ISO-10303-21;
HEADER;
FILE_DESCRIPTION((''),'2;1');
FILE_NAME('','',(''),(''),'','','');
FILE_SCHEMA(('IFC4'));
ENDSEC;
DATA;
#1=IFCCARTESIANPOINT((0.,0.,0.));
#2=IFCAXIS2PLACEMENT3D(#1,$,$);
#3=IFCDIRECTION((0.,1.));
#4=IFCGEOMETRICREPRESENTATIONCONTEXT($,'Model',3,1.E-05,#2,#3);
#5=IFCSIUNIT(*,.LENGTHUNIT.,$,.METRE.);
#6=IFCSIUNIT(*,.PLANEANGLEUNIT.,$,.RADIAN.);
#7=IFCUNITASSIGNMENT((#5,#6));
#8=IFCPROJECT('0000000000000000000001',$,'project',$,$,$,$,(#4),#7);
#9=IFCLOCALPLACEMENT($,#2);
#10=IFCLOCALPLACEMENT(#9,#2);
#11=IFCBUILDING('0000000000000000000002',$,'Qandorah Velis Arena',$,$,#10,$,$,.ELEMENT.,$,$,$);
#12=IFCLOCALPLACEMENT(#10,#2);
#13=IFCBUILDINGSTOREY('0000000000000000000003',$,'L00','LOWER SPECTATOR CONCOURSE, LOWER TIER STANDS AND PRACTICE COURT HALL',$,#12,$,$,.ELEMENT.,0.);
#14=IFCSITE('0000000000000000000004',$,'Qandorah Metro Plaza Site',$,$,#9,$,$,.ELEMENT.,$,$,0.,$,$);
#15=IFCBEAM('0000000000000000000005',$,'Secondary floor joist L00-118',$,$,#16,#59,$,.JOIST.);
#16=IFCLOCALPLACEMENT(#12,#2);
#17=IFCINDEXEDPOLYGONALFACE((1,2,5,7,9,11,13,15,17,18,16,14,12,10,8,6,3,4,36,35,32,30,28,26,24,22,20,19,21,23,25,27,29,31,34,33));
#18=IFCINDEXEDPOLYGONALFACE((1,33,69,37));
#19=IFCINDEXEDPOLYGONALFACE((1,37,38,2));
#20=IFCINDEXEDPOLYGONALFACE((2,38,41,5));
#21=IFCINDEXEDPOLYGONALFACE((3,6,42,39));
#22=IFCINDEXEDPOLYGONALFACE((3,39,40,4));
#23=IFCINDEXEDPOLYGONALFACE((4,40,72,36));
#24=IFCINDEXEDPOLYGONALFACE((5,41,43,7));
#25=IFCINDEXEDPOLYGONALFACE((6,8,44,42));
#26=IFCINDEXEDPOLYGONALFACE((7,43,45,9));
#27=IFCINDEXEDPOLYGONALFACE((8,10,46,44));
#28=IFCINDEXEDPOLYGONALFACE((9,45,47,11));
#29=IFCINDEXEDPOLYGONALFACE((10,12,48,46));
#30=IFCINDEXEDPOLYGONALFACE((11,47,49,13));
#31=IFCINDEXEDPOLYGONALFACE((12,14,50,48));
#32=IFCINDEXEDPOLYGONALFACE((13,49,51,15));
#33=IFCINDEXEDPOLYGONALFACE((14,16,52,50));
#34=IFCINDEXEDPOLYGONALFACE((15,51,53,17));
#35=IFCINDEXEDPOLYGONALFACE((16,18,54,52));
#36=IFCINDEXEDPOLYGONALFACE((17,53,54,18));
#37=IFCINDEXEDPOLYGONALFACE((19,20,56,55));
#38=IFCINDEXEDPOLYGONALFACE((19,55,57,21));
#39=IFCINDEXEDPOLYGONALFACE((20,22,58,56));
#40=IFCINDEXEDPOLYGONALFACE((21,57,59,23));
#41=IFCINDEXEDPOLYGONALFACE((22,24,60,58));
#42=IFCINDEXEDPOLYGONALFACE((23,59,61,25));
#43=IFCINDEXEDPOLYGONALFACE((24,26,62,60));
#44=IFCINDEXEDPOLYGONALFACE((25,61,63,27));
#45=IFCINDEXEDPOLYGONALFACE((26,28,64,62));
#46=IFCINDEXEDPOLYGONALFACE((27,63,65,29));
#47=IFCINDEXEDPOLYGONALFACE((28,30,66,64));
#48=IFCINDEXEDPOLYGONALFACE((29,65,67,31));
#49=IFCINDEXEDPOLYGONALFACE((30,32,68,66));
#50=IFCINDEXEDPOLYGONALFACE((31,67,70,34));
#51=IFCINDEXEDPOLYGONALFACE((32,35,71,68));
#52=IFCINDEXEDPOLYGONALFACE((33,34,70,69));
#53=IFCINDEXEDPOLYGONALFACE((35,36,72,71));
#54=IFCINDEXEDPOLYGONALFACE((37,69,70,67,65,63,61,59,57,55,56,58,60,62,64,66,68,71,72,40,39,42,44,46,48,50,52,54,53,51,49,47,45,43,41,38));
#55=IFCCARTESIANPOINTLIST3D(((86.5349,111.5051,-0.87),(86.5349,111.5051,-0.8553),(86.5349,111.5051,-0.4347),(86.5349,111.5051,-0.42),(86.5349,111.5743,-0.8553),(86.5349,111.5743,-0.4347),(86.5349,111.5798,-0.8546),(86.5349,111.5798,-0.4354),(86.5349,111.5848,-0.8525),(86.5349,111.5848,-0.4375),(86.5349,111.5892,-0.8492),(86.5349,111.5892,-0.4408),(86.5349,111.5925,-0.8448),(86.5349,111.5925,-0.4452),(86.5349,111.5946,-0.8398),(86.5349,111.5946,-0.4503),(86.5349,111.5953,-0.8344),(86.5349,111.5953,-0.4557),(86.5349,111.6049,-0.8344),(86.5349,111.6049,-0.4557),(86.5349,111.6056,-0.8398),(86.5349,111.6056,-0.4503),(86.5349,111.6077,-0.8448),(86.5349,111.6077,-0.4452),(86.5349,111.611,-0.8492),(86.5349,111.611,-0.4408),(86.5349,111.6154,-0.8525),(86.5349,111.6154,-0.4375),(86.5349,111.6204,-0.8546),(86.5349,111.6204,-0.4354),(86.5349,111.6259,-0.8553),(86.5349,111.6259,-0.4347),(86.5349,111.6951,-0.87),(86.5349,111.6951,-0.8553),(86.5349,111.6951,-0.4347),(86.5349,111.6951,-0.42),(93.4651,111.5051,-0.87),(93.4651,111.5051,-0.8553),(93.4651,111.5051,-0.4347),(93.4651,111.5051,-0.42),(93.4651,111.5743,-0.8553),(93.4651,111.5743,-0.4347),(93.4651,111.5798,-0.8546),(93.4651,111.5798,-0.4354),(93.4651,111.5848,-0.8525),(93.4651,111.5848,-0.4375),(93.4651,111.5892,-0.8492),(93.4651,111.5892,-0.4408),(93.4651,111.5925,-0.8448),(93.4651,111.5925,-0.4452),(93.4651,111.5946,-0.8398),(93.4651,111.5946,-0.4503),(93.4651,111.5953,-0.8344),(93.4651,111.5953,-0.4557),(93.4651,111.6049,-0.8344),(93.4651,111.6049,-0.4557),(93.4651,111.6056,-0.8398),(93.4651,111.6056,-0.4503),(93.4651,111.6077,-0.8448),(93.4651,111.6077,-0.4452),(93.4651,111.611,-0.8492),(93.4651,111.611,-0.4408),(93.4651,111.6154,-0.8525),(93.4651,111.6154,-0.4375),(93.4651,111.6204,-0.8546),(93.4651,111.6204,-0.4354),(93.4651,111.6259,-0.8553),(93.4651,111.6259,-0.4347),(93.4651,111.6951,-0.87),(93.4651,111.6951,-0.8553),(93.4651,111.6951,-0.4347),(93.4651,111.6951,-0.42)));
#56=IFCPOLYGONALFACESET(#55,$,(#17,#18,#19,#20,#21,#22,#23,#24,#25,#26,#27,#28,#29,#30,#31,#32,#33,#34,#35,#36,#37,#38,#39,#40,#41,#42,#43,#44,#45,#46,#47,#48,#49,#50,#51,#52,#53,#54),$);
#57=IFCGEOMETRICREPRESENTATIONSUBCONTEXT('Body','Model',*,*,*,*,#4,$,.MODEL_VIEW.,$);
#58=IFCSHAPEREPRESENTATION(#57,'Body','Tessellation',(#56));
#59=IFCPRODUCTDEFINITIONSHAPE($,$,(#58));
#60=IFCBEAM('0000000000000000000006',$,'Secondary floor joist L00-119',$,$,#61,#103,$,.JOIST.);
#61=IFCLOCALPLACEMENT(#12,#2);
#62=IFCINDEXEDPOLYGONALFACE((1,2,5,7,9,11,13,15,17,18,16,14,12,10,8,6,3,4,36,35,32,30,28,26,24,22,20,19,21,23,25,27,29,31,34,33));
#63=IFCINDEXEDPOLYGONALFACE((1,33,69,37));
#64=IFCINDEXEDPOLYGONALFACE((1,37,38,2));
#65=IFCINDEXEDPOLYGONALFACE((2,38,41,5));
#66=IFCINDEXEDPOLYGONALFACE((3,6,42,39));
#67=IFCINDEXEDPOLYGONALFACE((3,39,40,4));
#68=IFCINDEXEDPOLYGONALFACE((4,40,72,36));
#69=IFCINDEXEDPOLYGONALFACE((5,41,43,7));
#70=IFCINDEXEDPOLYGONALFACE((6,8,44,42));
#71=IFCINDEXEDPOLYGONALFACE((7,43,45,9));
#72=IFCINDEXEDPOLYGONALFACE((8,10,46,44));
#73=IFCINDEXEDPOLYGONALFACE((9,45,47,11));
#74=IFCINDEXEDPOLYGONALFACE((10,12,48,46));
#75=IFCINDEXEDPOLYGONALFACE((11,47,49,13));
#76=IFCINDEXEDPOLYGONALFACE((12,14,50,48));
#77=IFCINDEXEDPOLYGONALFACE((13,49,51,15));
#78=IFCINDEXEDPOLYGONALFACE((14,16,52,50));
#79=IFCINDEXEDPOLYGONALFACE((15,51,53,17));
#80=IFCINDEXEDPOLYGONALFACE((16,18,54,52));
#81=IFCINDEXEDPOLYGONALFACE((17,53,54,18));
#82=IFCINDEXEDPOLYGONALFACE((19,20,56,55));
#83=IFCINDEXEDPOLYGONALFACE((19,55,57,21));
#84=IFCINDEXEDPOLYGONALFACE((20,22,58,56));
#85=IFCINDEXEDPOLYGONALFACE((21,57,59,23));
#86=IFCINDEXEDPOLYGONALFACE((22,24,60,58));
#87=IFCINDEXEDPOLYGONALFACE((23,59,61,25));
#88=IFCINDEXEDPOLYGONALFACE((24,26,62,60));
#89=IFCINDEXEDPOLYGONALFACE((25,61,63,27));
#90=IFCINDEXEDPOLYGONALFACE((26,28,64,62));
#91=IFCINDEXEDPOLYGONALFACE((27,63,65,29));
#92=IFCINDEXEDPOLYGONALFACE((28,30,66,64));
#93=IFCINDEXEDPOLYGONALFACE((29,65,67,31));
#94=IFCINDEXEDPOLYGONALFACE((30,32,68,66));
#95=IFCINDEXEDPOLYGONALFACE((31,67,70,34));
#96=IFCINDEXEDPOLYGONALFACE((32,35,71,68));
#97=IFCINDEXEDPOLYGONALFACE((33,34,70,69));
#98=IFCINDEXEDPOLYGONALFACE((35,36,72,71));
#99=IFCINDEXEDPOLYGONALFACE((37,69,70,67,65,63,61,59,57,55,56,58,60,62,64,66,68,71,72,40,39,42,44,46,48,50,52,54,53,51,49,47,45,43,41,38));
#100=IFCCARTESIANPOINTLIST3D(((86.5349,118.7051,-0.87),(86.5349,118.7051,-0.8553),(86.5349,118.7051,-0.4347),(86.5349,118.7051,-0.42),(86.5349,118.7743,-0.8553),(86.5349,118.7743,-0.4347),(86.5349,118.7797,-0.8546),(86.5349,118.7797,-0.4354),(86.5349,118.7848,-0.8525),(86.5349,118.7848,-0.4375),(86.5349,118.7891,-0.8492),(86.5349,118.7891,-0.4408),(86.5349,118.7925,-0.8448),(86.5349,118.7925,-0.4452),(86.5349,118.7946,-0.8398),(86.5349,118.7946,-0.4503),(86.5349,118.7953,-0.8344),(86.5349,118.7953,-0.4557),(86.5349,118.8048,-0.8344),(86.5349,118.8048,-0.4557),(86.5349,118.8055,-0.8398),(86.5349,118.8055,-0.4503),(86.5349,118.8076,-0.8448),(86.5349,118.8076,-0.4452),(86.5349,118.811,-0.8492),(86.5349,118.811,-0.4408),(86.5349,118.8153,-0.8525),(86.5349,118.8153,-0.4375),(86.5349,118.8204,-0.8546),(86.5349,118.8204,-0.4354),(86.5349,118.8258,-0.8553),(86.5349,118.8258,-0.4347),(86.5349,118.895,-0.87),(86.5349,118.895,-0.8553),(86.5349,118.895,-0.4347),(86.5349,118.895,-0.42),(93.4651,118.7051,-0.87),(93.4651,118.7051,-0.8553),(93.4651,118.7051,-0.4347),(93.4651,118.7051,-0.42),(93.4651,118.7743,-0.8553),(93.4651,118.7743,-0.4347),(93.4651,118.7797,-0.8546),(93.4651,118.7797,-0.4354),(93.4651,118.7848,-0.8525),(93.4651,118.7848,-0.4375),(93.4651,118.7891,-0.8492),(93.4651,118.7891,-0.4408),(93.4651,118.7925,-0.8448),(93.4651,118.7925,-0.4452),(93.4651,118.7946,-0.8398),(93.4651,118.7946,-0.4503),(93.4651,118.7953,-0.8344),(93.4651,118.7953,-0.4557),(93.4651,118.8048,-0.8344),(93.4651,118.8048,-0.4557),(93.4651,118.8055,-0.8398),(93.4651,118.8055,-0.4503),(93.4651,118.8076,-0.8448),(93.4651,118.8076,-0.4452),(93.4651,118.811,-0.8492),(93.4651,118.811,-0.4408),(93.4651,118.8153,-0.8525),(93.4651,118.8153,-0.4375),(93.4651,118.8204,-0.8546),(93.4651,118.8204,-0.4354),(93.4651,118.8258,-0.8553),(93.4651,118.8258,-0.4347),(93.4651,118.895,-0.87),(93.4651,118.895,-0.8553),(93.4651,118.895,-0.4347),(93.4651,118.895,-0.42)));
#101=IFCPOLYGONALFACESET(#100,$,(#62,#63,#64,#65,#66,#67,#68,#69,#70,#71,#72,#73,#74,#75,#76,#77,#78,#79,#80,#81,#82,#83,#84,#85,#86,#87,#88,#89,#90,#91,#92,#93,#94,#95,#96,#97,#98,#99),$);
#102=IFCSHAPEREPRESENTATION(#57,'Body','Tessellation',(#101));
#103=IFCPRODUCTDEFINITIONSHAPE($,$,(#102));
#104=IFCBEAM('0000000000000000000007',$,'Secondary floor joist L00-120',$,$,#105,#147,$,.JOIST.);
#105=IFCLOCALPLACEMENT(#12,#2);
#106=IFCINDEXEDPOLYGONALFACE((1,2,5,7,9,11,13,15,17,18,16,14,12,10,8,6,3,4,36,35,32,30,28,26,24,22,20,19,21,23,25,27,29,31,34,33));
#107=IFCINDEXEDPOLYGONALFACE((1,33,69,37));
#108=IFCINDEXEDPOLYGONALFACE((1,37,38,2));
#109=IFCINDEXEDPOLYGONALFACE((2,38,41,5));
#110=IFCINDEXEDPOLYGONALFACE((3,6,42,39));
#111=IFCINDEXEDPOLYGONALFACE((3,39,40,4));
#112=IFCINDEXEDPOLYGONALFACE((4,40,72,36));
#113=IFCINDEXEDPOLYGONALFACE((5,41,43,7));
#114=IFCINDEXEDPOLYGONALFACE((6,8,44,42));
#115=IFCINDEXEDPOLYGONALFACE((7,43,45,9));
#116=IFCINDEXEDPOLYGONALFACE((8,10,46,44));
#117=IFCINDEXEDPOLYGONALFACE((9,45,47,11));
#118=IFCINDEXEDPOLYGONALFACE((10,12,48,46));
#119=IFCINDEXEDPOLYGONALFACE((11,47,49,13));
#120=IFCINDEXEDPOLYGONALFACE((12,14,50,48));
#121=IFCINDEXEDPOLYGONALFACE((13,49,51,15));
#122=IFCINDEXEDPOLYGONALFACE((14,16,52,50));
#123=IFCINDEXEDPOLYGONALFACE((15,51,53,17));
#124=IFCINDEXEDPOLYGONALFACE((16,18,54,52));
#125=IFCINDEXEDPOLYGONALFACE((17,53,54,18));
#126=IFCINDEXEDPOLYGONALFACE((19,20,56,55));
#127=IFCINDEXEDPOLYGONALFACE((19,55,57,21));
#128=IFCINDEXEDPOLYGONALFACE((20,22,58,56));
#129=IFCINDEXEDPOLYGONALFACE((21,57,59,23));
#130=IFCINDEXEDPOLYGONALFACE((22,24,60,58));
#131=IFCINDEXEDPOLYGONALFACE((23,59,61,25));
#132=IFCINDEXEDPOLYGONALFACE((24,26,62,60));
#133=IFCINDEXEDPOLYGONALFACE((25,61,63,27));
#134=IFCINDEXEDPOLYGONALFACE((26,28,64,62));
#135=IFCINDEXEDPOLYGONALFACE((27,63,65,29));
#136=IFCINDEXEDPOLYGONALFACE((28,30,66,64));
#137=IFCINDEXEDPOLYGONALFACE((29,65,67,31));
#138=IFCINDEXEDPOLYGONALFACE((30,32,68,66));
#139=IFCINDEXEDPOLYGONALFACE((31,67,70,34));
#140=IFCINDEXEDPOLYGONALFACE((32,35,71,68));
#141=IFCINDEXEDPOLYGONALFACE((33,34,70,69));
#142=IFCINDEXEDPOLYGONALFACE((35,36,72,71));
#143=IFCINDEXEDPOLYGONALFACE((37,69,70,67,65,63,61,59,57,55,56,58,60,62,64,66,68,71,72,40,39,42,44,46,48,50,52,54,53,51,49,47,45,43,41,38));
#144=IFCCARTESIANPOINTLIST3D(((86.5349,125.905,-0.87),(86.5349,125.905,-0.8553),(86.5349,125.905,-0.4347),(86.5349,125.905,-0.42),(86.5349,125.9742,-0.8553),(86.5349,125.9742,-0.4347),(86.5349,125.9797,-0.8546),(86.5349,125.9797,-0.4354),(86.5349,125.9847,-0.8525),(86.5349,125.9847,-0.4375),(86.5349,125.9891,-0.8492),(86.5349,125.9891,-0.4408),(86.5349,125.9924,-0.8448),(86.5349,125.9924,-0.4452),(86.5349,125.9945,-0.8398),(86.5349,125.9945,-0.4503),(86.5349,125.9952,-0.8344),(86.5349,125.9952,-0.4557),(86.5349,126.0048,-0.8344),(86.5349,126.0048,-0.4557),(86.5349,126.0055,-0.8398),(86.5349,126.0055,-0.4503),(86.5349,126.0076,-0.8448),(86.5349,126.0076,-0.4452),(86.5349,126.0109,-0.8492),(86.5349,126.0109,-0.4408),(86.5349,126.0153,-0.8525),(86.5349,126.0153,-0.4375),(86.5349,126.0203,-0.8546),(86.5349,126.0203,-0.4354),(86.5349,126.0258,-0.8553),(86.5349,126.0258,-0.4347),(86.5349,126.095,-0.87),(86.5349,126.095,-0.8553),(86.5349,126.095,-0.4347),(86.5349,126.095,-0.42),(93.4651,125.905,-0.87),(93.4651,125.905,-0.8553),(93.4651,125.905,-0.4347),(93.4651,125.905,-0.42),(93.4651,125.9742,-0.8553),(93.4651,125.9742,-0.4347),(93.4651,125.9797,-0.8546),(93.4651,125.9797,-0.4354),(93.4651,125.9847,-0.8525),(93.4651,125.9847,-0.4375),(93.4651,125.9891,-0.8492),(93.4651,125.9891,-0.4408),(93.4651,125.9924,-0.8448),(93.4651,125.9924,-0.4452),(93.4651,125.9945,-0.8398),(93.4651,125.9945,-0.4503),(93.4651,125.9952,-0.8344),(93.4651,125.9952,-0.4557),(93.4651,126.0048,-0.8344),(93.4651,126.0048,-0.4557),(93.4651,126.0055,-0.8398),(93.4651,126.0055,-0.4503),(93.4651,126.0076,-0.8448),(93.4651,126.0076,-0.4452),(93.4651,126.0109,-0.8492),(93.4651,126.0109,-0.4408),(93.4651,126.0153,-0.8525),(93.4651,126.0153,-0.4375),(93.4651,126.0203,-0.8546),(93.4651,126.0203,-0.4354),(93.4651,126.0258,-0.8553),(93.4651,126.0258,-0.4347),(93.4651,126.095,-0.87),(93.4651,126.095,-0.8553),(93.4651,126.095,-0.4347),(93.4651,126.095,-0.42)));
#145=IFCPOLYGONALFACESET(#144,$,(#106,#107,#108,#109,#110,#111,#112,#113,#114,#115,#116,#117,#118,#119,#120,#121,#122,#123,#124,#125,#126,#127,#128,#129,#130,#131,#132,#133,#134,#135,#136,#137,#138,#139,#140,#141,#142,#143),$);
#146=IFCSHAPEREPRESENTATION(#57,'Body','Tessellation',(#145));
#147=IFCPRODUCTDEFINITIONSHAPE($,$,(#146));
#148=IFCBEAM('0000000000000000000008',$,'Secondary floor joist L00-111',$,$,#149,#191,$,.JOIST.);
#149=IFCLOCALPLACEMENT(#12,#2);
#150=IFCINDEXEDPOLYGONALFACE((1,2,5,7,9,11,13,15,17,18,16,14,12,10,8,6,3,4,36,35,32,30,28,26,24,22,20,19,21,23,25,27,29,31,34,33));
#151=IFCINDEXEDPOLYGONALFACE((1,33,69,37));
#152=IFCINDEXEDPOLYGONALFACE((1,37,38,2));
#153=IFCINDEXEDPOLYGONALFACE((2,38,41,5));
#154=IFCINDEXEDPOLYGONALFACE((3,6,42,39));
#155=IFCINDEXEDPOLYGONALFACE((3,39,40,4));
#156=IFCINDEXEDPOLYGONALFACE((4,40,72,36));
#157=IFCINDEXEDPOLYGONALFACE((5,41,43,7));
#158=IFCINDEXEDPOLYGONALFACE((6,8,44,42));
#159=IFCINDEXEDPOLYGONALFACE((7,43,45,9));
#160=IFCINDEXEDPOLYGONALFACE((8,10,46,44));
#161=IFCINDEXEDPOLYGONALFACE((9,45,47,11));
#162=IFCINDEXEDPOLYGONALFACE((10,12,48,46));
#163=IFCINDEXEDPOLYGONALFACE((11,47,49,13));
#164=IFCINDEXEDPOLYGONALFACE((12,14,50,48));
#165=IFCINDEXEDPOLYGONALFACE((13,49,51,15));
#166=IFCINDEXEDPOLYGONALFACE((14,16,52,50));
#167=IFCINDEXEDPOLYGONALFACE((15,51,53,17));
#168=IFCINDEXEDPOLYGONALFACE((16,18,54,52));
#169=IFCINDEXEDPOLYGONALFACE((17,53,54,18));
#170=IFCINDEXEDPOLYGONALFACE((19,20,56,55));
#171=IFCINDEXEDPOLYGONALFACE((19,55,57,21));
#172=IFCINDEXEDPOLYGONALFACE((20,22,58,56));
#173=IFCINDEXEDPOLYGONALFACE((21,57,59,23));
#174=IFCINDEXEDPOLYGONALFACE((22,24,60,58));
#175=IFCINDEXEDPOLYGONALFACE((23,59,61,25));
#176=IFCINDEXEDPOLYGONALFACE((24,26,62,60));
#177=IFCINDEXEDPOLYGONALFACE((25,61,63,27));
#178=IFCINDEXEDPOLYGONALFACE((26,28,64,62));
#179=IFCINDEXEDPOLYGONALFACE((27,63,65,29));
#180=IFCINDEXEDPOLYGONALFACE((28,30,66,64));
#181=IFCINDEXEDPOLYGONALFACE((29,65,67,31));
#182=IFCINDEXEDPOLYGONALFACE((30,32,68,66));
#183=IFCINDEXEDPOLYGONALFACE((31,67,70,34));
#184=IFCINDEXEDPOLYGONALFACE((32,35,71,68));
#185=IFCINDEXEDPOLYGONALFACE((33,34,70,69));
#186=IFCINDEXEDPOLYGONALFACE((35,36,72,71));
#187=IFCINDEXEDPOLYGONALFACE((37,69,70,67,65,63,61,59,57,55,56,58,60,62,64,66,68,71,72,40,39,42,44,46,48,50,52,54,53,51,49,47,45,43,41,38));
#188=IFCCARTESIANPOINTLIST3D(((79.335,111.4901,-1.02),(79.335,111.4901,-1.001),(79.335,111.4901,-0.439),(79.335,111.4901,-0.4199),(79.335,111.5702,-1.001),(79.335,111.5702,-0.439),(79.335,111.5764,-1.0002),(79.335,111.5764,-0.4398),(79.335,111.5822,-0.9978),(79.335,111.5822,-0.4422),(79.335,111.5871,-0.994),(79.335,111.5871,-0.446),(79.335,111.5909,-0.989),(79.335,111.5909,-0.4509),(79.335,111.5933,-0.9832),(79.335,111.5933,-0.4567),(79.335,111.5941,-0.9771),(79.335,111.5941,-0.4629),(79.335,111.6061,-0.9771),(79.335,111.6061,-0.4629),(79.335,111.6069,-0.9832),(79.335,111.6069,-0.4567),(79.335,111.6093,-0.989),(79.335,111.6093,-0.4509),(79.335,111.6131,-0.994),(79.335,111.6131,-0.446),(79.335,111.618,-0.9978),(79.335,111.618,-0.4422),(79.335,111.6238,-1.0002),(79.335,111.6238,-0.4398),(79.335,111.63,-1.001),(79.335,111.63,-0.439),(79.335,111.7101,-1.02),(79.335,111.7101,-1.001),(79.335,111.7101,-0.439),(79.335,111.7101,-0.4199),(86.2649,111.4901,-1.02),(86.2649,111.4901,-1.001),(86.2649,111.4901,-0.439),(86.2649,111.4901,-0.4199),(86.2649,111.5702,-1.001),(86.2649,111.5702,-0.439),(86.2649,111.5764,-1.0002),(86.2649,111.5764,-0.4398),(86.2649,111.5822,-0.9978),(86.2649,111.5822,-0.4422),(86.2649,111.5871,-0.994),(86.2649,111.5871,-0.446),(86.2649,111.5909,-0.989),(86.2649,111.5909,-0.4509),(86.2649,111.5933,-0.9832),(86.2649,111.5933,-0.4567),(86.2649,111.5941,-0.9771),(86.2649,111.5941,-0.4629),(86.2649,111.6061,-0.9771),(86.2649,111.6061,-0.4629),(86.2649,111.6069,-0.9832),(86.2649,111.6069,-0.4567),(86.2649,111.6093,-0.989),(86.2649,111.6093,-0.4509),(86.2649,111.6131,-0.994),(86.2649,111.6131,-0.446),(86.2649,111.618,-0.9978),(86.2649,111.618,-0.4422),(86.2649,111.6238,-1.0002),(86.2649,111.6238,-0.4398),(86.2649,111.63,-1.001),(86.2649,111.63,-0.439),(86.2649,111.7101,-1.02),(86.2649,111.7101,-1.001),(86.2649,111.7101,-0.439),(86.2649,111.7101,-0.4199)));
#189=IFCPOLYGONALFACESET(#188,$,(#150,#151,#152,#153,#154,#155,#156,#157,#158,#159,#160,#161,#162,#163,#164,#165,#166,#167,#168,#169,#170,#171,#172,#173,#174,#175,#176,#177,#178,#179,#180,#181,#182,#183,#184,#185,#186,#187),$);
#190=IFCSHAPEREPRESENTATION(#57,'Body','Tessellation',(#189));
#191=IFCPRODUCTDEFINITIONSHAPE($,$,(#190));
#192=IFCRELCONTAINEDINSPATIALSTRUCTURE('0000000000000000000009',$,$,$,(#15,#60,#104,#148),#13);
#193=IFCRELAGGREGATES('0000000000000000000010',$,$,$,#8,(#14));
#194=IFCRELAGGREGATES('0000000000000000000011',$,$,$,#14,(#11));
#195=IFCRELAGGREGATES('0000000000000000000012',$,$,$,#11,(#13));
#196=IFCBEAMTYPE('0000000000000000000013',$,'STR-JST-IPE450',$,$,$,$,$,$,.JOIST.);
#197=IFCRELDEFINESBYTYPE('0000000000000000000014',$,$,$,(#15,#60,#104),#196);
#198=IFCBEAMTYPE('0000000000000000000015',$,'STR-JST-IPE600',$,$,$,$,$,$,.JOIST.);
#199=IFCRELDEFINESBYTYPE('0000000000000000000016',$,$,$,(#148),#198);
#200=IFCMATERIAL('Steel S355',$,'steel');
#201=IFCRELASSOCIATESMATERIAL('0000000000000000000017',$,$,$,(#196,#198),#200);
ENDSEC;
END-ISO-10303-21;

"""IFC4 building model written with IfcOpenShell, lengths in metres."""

from ifc_helpers import new_model, si_unit, direction, frame, origin, origin_2d, place, context, subcontext, project, spatial, i_section, extrude, material, material_profile, profile_set, type_object, element, save


model = new_model("IFC4")

# Units and contexts
model_context = context("Model", 3, precision=1e-05, world=origin(), true_north=direction((0.0, 1.0)))
body_context = subcontext(model_context, "Body", "Model", "MODEL_VIEW")
ifc_project = project(units=[si_unit("LENGTHUNIT", "METRE"), si_unit("PLANEANGLEUNIT", "RADIAN")], contexts=[model_context])

# Site, building, storey
site_placement = place(None, origin())
site = spatial("IfcSite", under=ifc_project, at=site_placement, Name="Qandorah Metro Plaza Site", CompositionType="ELEMENT", RefElevation=0.0)
building_placement = place(site_placement, origin())
building = spatial("IfcBuilding", under=site, at=building_placement, Name="Qandorah Velis Arena", CompositionType="ELEMENT")
storey_placement = place(building_placement, origin())
storey = spatial("IfcBuildingStorey", under=building, at=storey_placement, Name="L00", Description="LOWER SPECTATOR CONCOURSE, LOWER TIER STANDS AND PRACTICE COURT HALL", CompositionType="ELEMENT", Elevation=0.0)

# Beams
ifc_material_1 = material(Name="Steel S355", Category="steel")
ifc_material_profile_1 = material_profile(ifc_material_1, i_section(OverallWidth=0.1899, OverallDepth=0.45, WebThickness=0.0095, FlangeThickness=0.0146, FilletRadius=0.021, at=origin_2d()), Name="IPE 450")
ifc_profile_set_1 = profile_set([ifc_material_profile_1], Name="Steel S355")
beam_type_1 = type_object("IfcBeamType", Name="STR-JST-IPE450", PredefinedType="JOIST", material=ifc_profile_set_1)
for number, where, z_axis, x_axis, name in (
    (1, (86.5349, 111.6001, -0.645), (1.0, 0.0, 0.0), (0.0, 1.0, 0.0), "Secondary floor joist L00-118"),
    (2, (86.5349, 118.8, -0.645), (1.0, 0.0, 0.0), (0.0, 1.0, 0.0), "Secondary floor joist L00-119"),
    (3, (86.5349, 126.0, -0.645), (1.0, 0.0, 0.0), (0.0, 1.0, 0.0), "Secondary floor joist L00-120"),
):
    element("IfcBeam", number, at=place(storey_placement, frame(where, z_axis=z_axis, x_axis=x_axis)), inside=storey, type_object=beam_type_1, Name=name, PredefinedType="JOIST", context=body_context, shape_type="SweptSolid", body=[
        extrude(i_section(OverallWidth=0.1899, OverallDepth=0.45, WebThickness=0.0095, FlangeThickness=0.0146, FilletRadius=0.021, at=origin_2d()), origin(), (0.0, 0.0, 1.0), 6.9302),
    ])
ifc_material_profile_2 = material_profile(ifc_material_1, i_section(OverallWidth=0.22, OverallDepth=0.6001, WebThickness=0.012, FlangeThickness=0.019, FilletRadius=0.0239, at=origin_2d()), Name="IPE 600")
ifc_profile_set_2 = profile_set([ifc_material_profile_2], Name="Steel S355")
beam_type_2 = type_object("IfcBeamType", Name="STR-JST-IPE600", PredefinedType="JOIST", material=ifc_profile_set_2)
beam_1_placement = place(storey_placement, frame((79.335, 111.6001, -0.72), z_axis=(1.0, 0.0, 0.0), x_axis=(0.0, 1.0, 0.0)))
element("IfcBeam", 4, at=beam_1_placement, inside=storey, type_object=beam_type_2, Name="Secondary floor joist L00-111", PredefinedType="JOIST", context=body_context, shape_type="SweptSolid", body=[
    extrude(i_section(OverallWidth=0.22, OverallDepth=0.6001, WebThickness=0.012, FlangeThickness=0.019, FilletRadius=0.0239, at=origin_2d()), origin(), (0.0, 0.0, 1.0), 6.9299),
])

save(model, "model.ifc")
